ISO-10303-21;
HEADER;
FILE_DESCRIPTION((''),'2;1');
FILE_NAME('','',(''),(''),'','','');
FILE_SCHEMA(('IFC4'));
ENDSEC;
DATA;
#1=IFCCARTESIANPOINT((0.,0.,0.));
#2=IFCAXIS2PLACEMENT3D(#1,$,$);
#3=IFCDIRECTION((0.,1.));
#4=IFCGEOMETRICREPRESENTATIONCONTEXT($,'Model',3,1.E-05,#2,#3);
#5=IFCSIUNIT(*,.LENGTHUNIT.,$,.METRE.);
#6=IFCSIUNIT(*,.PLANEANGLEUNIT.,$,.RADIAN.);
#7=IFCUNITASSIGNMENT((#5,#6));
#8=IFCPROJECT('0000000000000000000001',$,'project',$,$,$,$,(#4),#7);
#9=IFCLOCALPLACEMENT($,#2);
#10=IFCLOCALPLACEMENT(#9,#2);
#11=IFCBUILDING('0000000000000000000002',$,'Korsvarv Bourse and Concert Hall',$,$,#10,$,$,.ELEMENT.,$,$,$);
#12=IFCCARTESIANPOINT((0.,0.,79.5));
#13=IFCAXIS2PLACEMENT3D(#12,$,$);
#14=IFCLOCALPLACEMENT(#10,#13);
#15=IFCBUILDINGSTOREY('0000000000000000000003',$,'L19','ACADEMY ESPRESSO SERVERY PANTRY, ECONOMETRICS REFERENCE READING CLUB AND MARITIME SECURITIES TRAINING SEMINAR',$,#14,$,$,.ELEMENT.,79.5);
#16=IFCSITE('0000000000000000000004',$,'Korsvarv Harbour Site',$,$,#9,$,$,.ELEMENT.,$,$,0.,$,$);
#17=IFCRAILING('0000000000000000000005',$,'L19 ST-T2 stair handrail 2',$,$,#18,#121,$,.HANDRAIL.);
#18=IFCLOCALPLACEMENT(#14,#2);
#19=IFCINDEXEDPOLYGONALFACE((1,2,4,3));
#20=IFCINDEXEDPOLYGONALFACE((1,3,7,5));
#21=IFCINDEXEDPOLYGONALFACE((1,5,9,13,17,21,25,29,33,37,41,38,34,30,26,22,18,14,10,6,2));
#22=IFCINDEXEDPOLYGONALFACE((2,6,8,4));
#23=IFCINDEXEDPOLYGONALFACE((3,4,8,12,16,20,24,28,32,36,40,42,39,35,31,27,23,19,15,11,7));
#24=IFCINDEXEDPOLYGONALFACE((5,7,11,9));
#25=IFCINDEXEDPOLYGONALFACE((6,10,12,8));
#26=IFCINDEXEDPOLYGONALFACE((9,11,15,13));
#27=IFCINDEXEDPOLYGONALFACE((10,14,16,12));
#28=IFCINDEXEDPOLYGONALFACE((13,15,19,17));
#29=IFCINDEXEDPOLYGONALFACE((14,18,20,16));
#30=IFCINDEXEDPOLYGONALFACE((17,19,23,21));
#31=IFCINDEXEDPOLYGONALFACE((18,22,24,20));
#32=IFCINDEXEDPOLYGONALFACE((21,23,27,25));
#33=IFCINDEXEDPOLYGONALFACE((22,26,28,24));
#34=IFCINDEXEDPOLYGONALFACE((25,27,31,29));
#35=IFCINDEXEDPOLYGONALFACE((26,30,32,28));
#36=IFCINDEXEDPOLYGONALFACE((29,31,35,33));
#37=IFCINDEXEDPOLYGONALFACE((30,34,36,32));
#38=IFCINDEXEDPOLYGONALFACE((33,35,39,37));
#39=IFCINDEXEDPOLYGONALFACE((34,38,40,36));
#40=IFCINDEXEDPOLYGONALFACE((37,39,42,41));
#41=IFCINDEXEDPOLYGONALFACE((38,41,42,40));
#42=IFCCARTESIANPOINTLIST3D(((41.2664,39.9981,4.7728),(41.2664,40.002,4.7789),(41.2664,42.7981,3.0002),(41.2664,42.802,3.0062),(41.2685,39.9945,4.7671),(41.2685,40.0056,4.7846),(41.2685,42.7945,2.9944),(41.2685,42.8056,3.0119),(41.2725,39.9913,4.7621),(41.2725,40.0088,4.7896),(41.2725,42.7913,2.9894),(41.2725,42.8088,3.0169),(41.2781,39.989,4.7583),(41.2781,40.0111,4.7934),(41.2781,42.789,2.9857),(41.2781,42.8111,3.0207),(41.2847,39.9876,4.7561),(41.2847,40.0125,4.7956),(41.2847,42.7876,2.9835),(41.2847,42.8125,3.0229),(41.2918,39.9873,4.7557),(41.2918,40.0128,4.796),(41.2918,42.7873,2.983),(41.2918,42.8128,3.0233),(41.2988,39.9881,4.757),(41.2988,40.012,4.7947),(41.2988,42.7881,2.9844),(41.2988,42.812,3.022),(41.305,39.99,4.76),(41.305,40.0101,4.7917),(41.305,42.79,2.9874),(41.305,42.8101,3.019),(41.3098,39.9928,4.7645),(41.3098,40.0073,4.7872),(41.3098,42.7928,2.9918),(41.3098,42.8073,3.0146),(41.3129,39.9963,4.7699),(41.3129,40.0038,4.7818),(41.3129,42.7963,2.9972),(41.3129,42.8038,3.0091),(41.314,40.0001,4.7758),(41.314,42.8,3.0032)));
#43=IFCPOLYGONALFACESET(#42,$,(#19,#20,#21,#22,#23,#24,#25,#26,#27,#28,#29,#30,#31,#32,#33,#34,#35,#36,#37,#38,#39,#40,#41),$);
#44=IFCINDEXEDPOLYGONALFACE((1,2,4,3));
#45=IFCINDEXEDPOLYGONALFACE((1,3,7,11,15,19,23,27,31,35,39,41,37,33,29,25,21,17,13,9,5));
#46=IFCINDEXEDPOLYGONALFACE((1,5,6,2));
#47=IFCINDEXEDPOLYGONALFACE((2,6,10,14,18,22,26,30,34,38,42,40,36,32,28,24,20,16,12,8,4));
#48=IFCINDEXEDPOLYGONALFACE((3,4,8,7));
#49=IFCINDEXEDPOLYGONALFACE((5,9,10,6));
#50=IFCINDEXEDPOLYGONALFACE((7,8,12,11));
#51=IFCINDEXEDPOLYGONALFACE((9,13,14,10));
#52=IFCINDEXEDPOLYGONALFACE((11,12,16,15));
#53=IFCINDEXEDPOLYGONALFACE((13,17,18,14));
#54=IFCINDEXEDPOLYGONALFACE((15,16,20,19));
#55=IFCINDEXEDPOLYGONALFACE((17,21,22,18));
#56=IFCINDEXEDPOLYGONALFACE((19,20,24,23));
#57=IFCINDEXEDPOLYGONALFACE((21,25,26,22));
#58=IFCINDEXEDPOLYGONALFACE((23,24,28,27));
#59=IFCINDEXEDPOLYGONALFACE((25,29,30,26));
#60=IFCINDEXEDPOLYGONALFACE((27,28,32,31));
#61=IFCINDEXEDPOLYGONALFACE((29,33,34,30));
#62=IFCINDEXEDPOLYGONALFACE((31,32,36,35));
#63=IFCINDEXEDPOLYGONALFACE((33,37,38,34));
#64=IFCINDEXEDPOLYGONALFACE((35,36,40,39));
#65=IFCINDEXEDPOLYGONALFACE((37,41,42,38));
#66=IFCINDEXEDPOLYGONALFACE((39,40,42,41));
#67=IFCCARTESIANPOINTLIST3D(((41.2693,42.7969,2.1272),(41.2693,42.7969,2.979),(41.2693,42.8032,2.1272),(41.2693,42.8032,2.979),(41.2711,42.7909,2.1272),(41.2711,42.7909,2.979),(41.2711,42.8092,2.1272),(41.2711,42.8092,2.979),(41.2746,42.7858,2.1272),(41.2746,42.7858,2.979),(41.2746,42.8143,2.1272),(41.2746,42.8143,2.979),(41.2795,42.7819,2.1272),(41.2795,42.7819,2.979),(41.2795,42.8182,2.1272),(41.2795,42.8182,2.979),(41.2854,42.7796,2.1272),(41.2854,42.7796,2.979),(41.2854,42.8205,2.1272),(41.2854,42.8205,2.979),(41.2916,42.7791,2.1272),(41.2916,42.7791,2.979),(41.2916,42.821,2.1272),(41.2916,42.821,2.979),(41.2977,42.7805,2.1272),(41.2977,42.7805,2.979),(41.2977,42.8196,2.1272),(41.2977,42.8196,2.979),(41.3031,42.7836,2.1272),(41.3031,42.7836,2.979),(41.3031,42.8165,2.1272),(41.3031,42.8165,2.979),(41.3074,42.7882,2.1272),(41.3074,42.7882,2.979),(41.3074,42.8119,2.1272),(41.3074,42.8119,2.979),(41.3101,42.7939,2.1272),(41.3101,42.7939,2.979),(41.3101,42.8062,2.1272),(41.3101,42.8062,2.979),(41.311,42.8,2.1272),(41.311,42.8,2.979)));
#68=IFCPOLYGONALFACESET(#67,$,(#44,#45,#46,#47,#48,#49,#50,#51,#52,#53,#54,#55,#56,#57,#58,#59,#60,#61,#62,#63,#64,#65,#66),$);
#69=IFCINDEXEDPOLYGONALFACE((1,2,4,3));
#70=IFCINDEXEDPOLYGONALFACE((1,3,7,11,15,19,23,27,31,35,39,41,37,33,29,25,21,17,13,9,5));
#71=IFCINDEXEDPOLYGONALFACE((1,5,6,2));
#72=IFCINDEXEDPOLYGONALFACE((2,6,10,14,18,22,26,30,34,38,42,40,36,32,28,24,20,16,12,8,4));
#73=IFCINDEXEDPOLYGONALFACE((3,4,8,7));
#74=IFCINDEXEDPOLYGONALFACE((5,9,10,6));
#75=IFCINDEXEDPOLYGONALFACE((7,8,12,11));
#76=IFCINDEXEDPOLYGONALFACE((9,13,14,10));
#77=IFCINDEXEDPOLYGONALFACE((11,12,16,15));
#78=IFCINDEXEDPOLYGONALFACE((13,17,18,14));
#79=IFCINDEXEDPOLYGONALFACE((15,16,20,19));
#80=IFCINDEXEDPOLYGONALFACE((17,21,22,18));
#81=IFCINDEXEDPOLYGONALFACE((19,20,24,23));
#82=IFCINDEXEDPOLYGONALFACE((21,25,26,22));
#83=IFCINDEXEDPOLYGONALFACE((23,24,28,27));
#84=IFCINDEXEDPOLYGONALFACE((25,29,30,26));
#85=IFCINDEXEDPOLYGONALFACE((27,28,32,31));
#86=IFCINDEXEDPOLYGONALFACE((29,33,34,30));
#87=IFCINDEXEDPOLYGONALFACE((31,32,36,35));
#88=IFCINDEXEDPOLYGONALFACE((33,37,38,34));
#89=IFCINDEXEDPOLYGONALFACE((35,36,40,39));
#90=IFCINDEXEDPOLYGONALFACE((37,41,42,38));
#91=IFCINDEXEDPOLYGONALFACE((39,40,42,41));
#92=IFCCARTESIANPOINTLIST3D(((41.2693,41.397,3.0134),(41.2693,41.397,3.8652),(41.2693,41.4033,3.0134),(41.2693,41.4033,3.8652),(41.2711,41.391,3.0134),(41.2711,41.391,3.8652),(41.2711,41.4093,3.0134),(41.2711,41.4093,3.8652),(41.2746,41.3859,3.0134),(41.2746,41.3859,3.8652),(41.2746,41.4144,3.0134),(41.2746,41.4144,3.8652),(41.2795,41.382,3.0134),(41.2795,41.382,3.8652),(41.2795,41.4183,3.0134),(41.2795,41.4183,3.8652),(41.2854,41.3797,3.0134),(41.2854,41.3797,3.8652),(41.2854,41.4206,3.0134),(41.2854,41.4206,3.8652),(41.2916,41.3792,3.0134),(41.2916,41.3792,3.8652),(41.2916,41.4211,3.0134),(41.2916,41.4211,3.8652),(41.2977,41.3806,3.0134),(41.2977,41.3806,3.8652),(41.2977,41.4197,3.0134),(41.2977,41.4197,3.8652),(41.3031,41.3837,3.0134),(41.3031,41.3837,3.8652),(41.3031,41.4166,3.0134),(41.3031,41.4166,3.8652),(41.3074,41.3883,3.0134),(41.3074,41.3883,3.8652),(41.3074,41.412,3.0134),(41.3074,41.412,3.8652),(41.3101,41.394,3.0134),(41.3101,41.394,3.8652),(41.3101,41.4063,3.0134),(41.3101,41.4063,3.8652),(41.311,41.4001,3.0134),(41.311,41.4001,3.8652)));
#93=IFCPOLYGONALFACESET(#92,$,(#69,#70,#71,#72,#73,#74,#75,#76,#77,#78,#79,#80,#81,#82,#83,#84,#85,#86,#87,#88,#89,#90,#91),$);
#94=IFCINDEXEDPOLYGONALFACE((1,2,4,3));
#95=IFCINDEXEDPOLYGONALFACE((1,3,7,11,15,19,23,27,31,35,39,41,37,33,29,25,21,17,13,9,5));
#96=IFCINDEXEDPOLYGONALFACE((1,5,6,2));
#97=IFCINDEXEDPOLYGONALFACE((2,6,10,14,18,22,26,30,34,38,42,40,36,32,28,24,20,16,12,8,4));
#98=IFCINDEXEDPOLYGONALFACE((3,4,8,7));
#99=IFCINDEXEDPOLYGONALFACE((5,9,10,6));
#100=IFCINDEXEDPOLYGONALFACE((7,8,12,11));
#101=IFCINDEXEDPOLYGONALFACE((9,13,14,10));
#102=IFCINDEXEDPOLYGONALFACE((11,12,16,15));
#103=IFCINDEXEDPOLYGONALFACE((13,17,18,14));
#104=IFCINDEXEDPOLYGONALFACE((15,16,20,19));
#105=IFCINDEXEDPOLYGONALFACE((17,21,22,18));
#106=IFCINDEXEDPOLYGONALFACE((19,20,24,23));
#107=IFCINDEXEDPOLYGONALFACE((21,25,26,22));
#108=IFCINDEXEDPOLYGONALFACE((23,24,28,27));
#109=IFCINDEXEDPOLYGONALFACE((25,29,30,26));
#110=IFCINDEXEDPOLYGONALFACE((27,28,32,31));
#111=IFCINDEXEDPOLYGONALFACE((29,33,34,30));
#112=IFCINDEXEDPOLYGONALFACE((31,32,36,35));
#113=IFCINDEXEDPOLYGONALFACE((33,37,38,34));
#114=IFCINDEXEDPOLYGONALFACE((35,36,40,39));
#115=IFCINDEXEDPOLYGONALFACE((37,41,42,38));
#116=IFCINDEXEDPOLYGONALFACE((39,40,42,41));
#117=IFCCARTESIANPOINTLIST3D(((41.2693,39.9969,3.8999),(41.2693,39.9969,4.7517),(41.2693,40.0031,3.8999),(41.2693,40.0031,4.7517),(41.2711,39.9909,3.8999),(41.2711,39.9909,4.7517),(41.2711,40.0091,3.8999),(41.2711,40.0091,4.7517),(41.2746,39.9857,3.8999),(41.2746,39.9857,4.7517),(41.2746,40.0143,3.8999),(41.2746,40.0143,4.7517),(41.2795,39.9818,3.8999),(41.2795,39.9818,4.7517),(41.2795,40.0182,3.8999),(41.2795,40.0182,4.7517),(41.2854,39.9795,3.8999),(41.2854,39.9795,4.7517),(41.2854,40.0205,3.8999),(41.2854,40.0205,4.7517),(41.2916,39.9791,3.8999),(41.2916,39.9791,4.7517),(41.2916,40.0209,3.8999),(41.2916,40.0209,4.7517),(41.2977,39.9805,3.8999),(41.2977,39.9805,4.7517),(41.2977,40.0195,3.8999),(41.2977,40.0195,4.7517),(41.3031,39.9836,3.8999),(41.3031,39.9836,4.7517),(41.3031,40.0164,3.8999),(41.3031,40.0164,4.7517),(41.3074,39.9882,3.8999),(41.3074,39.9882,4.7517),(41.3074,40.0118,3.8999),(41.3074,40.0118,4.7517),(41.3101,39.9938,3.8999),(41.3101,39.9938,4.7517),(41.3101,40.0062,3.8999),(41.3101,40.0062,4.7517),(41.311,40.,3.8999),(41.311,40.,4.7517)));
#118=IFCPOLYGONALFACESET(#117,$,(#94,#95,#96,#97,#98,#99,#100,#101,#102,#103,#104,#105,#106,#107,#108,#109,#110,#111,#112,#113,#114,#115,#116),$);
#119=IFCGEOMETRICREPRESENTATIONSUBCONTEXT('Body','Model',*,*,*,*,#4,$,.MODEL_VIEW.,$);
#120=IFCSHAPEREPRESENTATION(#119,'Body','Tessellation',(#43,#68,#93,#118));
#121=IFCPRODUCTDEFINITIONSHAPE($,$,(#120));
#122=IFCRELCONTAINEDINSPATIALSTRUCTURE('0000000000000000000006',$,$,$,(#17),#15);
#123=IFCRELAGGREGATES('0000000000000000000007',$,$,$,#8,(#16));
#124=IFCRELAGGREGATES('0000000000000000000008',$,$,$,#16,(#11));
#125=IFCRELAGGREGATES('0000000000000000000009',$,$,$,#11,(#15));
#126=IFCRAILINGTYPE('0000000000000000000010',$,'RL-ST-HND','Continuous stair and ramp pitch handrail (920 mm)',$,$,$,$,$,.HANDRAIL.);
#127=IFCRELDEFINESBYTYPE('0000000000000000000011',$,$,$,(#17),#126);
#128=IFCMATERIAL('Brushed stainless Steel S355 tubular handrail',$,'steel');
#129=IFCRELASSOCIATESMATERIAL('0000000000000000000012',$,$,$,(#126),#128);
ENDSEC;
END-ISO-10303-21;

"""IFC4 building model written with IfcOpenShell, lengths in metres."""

from ifc_helpers import new_model, si_unit, direction, frame, origin, origin_2d, place, context, subcontext, project, spatial, circle, extrude, material, type_object, element, save


model = new_model("IFC4")

# Units and contexts
model_context = context("Model", 3, precision=1e-05, world=origin(), true_north=direction((0.0, 1.0)))
body_context = subcontext(model_context, "Body", "Model", "MODEL_VIEW")
ifc_project = project(units=[si_unit("LENGTHUNIT", "METRE"), si_unit("PLANEANGLEUNIT", "RADIAN")], contexts=[model_context])

# Site, building, storey
site_placement = place(None, origin())
site = spatial("IfcSite", under=ifc_project, at=site_placement, Name="Korsvarv Harbour Site", CompositionType="ELEMENT", RefElevation=0.0)
building_placement = place(site_placement, origin())
building = spatial("IfcBuilding", under=site, at=building_placement, Name="Korsvarv Bourse and Concert Hall", CompositionType="ELEMENT")
storey_placement = place(building_placement, frame((0.0, 0.0, 79.5)))
storey = spatial("IfcBuildingStorey", under=building, at=storey_placement, Name="L19", Description="ACADEMY ESPRESSO SERVERY PANTRY, ECONOMETRICS REFERENCE READING CLUB AND MARITIME SECURITIES TRAINING SEMINAR", CompositionType="ELEMENT", Elevation=79.5)

# Railing
ifc_material_1 = material(Name="Brushed stainless Steel S355 tubular handrail", Category="steel")
railing_type_1 = type_object("IfcRailingType", Name="RL-ST-HND", Description="Continuous stair and ramp pitch handrail (920 mm)", PredefinedType="HANDRAIL", material=ifc_material_1)
railing_1_placement = place(storey_placement, frame((41.29, 42.8, 2.1272)))
element("IfcRailing", 1, at=railing_1_placement, inside=storey, type_object=railing_type_1, Name="L19 ST-T2 stair handrail 2", PredefinedType="HANDRAIL", context=body_context, shape_type="SweptSolid", body=[
    extrude(circle(Radius=0.0239, at=origin_2d()), frame((0.0, 0.0, 0.876), z_axis=(0.0, -0.844909, 0.53491), x_axis=(1.0, 0.0, 0.0)), (0.0, 0.0, 1.0), 3.314),
    extrude(circle(Radius=0.021, at=origin_2d()), origin(), (0.0, 0.0, 1.0), 0.8518),
    extrude(circle(Radius=0.021, at=origin_2d()), frame((0.0, -1.3999, 0.8862)), (0.0, 0.0, 1.0), 0.8518),
    extrude(circle(Radius=0.021, at=origin_2d()), frame((0.0, -2.8, 1.7727)), (0.0, 0.0, 1.0), 0.8518),
])

save(model, "model.ifc")
